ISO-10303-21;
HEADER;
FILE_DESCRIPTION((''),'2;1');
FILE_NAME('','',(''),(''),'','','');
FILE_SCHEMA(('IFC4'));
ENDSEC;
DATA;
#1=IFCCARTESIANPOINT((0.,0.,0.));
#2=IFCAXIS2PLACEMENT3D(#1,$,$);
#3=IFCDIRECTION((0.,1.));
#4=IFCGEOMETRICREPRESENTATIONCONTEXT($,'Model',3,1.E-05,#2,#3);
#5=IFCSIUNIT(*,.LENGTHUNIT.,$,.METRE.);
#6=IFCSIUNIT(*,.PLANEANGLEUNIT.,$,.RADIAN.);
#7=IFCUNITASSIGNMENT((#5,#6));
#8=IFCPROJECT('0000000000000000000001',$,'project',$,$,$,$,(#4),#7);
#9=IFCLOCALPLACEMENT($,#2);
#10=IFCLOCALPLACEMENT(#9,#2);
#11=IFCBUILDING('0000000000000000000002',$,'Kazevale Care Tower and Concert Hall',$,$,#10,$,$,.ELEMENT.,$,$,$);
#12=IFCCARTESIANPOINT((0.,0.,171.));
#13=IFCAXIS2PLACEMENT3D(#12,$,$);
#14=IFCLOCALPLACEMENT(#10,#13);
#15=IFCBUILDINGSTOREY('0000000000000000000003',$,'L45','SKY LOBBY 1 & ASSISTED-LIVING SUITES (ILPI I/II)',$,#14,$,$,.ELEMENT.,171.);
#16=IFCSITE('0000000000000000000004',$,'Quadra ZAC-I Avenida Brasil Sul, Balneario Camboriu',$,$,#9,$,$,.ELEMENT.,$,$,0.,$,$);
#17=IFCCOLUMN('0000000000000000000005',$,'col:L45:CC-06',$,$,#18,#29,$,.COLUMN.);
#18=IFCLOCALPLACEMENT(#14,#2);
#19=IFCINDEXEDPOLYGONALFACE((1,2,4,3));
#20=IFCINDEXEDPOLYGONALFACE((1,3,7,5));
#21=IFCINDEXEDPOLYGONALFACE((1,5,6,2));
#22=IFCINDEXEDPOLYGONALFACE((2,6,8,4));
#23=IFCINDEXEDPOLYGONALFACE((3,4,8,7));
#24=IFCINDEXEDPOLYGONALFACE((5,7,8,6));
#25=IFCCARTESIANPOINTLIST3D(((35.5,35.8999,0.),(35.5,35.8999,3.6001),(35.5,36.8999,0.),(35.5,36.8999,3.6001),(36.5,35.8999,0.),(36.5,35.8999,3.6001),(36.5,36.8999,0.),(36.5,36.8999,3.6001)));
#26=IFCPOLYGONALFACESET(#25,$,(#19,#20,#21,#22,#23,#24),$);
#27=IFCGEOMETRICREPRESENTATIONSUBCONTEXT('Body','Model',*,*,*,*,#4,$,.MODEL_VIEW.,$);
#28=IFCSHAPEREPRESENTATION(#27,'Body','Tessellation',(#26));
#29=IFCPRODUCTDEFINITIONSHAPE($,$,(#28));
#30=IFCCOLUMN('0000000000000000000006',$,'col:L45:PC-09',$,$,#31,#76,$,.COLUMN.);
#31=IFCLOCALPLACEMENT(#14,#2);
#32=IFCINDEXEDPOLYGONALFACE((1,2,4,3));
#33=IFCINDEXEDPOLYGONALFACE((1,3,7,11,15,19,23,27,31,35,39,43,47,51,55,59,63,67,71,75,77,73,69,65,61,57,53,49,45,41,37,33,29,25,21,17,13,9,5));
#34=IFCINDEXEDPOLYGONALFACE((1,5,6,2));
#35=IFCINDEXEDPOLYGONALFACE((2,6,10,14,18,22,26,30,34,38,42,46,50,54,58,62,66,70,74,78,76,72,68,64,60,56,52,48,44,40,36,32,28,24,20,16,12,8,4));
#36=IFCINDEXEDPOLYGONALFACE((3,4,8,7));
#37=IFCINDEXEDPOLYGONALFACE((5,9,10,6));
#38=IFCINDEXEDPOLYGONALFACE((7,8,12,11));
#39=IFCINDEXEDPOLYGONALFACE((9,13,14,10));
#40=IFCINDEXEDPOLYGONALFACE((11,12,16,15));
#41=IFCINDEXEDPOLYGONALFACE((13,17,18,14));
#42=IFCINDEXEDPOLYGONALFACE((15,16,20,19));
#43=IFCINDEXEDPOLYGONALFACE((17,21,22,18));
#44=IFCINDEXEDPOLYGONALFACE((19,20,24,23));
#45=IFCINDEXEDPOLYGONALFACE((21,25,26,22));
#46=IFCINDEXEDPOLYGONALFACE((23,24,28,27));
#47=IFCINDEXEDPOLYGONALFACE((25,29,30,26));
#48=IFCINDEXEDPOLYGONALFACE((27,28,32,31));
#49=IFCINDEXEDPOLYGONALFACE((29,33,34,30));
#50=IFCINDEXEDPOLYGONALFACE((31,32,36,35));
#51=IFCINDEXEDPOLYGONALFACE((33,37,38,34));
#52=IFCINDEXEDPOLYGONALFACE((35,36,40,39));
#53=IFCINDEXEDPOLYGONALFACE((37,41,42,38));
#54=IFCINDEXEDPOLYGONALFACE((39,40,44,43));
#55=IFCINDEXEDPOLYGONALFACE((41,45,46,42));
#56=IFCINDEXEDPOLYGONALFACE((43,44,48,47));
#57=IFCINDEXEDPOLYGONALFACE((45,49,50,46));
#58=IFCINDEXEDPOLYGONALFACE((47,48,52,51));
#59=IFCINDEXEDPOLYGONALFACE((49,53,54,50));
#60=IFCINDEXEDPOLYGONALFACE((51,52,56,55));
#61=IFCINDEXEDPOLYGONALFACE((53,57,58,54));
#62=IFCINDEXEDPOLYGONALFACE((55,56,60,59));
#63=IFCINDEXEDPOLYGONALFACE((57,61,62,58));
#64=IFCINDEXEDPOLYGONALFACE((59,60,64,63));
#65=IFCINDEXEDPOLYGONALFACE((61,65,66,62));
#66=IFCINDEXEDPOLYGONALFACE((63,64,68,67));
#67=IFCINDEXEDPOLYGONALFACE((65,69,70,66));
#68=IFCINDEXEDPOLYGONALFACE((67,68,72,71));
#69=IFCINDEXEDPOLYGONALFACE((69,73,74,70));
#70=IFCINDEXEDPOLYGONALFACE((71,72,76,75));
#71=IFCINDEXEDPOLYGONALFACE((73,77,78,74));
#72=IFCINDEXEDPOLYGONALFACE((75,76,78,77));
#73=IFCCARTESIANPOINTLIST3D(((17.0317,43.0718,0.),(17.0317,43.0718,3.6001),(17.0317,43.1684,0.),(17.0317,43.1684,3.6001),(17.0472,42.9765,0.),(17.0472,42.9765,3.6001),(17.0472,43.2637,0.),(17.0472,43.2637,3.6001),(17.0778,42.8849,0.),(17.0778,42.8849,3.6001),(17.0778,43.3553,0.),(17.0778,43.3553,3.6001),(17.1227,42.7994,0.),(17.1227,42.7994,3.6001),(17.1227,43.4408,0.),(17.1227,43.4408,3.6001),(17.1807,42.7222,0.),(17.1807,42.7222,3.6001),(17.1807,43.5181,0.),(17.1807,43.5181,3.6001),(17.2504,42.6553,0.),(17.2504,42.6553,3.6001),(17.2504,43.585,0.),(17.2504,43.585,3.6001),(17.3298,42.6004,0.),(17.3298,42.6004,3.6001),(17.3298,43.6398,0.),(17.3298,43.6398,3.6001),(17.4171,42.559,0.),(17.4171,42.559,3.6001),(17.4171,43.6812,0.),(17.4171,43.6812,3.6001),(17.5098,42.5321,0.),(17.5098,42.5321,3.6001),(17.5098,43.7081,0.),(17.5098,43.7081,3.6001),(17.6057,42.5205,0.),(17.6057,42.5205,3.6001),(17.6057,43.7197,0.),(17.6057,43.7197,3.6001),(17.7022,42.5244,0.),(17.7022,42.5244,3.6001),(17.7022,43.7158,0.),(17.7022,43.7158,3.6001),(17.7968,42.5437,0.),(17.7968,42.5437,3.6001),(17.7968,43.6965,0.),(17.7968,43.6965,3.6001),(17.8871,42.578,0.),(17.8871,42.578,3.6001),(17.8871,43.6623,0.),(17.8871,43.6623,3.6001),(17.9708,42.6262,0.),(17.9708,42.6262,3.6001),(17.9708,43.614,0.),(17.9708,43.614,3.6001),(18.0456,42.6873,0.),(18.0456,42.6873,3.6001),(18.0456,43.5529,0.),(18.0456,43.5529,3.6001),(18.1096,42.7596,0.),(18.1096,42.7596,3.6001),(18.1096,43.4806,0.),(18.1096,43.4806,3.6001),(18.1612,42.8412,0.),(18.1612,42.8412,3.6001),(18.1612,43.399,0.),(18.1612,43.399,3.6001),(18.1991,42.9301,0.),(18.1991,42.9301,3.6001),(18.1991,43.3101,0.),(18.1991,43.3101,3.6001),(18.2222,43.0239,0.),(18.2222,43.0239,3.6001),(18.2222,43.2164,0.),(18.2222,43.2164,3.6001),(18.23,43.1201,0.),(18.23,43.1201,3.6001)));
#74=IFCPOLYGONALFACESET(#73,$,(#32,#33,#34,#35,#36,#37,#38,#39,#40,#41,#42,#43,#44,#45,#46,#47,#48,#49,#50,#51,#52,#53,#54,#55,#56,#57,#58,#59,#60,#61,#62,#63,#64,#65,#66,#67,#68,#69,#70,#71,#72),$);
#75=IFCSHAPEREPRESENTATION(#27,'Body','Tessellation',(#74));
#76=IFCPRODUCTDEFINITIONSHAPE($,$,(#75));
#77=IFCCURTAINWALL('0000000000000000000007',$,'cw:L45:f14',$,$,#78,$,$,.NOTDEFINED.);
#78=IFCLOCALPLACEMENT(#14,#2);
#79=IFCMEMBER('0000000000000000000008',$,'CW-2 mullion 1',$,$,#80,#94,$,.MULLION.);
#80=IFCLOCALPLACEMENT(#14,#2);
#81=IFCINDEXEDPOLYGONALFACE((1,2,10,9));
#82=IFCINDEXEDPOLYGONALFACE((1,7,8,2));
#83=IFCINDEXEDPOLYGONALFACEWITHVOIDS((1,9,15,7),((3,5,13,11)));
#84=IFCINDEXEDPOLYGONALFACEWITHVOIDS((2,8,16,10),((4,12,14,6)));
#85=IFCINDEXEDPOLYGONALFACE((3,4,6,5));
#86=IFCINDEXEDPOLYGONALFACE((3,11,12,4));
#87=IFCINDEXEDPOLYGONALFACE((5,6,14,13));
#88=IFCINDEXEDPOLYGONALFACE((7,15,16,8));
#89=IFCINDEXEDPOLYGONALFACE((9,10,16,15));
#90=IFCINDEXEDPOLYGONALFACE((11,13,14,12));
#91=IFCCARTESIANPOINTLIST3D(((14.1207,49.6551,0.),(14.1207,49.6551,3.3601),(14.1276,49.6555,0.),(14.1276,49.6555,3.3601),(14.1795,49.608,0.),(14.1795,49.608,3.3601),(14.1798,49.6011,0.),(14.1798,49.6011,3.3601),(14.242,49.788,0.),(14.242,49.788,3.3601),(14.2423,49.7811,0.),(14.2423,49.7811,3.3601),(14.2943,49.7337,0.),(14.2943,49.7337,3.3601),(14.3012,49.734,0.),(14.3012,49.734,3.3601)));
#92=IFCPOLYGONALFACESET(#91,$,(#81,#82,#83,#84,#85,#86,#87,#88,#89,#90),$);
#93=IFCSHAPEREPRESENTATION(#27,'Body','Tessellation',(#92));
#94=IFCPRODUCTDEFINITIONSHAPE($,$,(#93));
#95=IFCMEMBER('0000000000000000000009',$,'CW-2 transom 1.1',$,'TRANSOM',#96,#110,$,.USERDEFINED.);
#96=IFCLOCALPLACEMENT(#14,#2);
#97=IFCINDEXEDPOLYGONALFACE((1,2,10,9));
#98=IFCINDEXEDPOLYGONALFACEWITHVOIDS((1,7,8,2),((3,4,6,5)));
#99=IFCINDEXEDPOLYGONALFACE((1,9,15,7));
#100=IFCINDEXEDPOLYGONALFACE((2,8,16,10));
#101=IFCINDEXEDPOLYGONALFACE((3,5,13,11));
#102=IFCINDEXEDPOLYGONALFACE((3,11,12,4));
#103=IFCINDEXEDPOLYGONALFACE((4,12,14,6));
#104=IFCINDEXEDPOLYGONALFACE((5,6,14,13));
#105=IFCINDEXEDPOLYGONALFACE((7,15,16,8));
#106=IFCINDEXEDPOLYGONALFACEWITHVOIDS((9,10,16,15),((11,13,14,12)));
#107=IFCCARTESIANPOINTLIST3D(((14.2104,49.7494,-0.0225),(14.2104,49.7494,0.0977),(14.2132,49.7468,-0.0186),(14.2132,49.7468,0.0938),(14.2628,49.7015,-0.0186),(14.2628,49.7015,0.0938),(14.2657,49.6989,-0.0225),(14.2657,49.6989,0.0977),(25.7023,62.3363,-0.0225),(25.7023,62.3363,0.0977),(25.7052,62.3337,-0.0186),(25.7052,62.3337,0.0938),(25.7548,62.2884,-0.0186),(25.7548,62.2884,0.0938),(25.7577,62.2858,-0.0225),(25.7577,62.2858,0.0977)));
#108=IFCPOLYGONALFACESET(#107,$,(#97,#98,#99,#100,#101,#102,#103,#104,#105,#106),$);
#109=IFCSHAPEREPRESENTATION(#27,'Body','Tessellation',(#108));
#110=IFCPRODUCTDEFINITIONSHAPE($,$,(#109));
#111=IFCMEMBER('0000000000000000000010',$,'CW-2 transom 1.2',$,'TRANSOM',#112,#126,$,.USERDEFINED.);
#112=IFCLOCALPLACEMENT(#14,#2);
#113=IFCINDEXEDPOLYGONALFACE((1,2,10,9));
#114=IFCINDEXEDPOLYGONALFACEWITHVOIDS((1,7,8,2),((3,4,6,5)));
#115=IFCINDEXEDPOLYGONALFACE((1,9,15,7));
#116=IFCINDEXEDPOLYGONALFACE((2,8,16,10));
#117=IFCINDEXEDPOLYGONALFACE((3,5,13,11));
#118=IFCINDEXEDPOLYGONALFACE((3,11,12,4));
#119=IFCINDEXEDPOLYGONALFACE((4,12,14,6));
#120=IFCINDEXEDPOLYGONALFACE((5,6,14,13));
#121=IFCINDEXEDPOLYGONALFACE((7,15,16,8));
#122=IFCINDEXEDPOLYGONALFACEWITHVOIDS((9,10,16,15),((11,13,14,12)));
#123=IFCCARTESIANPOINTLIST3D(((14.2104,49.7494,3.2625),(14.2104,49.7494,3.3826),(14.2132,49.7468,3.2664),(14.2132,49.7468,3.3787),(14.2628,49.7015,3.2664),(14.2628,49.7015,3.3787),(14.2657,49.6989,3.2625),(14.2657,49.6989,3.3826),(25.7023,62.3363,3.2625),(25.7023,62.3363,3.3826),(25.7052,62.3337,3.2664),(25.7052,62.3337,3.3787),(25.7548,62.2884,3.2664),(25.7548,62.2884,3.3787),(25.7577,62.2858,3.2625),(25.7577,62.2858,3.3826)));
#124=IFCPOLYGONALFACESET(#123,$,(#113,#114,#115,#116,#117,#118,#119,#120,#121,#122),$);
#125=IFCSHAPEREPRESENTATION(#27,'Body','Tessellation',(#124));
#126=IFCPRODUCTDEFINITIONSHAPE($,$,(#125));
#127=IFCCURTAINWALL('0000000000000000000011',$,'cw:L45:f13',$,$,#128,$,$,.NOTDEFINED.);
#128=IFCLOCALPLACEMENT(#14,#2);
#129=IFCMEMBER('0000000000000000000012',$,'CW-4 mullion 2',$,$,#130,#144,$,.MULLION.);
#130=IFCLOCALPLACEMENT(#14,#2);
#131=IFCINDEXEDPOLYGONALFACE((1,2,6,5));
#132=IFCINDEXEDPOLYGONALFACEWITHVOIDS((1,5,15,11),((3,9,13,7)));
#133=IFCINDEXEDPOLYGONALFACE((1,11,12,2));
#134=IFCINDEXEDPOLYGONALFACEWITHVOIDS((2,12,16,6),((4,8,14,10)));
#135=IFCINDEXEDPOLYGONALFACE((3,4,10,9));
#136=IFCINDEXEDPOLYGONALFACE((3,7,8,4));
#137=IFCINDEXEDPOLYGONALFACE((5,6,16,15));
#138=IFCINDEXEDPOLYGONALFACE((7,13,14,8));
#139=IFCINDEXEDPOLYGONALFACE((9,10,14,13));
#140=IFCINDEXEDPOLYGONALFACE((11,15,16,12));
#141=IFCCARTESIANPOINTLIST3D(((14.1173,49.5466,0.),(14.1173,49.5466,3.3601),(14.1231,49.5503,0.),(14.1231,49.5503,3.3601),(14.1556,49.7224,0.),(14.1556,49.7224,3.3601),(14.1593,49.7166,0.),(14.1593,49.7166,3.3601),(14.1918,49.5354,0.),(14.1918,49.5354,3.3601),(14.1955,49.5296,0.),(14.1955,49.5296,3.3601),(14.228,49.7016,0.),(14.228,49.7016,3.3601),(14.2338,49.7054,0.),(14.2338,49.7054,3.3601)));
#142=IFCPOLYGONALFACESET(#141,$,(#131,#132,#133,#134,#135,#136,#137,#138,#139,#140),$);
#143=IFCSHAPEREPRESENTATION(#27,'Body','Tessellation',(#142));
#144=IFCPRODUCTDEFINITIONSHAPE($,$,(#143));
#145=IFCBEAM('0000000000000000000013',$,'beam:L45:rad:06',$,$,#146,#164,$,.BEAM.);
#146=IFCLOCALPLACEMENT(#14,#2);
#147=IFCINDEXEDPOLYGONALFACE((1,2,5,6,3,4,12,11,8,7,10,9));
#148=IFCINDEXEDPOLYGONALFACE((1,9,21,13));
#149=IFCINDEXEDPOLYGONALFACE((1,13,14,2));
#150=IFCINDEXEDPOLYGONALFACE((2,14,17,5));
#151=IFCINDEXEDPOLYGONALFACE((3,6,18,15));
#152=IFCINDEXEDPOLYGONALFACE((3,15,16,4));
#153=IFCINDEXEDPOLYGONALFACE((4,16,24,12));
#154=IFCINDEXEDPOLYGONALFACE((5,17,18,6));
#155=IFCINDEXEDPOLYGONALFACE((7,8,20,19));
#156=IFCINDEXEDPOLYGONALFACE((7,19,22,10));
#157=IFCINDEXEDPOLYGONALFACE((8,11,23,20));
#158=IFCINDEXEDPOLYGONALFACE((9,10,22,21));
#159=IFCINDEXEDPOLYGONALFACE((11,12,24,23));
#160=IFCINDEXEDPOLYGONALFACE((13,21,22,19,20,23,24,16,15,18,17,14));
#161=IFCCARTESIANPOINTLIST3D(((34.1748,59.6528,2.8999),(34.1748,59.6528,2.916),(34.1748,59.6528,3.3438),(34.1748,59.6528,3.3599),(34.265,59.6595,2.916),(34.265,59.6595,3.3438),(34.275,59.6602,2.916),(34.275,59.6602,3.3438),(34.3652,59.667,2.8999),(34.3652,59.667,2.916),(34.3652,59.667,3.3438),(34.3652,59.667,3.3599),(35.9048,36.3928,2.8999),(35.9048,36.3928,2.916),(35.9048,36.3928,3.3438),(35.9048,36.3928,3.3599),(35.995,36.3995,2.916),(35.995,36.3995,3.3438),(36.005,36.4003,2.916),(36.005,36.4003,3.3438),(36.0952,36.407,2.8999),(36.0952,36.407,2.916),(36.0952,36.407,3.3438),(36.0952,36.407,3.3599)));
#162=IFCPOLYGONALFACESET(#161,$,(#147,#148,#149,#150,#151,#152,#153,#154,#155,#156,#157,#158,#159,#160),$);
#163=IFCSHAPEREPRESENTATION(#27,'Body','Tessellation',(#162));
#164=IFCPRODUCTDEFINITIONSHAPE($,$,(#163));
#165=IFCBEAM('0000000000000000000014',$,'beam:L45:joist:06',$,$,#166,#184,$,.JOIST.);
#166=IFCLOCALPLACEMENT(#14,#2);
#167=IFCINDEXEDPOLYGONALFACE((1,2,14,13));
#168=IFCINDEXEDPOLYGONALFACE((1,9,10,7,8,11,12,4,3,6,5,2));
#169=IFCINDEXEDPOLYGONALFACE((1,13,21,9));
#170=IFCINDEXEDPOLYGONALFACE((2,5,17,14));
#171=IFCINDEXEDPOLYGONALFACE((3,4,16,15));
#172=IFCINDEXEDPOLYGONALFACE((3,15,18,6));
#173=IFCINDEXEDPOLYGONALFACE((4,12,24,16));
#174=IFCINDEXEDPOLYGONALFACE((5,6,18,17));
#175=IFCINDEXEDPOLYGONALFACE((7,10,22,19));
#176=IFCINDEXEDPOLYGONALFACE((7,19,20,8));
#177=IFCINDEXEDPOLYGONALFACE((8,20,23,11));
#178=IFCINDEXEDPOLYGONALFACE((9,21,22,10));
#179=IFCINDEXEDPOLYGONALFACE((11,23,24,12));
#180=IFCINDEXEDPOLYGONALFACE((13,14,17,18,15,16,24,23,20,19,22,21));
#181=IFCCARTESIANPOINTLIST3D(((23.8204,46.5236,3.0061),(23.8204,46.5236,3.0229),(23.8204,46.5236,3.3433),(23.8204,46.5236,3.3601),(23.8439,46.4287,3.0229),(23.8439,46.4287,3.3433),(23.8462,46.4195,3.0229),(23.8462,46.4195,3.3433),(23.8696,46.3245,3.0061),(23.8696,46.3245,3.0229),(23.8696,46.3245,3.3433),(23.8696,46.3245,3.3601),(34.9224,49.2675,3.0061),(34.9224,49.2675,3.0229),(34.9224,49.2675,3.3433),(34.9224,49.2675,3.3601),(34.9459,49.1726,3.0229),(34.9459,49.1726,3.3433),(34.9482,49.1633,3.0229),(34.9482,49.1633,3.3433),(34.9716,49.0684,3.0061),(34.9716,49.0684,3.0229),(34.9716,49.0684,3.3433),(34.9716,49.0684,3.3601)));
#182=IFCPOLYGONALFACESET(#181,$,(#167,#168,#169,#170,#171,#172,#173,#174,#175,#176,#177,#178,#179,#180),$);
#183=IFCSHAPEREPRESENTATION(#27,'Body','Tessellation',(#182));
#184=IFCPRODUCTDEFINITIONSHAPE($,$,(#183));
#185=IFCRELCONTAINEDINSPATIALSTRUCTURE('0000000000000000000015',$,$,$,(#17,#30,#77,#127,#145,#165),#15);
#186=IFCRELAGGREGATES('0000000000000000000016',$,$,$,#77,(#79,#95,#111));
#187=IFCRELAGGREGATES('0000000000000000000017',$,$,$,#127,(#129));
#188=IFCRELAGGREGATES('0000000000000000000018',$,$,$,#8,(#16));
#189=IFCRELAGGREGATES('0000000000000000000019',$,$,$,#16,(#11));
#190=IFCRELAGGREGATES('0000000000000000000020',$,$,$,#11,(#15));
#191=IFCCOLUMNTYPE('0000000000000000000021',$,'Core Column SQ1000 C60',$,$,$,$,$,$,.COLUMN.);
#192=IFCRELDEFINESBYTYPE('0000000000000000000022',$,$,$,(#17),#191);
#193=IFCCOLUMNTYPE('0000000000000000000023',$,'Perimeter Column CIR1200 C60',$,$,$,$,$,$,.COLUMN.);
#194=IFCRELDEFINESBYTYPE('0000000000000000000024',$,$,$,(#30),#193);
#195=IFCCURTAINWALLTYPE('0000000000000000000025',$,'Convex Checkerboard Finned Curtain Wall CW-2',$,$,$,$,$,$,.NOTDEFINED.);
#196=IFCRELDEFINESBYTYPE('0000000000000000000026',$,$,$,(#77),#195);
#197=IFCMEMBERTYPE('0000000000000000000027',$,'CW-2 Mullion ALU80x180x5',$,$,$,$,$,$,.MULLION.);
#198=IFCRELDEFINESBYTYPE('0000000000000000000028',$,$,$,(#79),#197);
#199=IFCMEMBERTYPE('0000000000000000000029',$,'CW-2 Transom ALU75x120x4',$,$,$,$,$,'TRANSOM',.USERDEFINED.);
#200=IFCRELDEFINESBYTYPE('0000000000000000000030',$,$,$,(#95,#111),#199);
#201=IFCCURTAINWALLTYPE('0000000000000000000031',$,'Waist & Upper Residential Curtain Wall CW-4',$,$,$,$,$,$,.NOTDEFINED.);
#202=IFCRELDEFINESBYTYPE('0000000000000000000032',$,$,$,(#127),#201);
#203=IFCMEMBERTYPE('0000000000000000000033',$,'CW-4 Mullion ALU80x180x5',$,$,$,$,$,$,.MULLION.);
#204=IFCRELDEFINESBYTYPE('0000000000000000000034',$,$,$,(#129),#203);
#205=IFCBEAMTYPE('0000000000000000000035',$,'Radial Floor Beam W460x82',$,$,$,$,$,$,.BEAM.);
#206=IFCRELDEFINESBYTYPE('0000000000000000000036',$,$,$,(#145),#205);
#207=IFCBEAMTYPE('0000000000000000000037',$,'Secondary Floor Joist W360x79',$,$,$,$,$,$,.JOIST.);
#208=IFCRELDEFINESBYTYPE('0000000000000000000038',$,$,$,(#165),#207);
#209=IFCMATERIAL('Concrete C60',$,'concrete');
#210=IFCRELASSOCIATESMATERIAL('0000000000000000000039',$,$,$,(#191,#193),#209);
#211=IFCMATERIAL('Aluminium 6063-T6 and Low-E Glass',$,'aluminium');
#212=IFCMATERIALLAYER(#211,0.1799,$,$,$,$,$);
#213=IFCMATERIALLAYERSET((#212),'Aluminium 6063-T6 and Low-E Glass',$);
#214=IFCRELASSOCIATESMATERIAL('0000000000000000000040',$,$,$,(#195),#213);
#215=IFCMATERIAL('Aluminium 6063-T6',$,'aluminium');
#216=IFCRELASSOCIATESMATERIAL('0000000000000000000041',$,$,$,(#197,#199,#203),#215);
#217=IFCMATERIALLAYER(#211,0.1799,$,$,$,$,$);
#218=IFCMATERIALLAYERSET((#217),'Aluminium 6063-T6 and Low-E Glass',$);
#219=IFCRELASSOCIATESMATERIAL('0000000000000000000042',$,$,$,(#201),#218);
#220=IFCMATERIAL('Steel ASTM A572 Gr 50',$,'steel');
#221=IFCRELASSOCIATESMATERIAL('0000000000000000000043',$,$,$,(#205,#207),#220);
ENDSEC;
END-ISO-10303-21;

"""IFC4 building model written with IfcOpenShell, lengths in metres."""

from ifc_helpers import new_model, si_unit, direction, frame, origin, origin_2d, place, context, subcontext, project, spatial, rectangle, hollow_rectangle, circle, i_section, extrude, material, layer, layer_set, material_profile, profile_set, type_object, element, aggregate, save


model = new_model("IFC4")

# Units and contexts
model_context = context("Model", 3, precision=1e-05, world=origin(), true_north=direction((0.0, 1.0)))
body_context = subcontext(model_context, "Body", "Model", "MODEL_VIEW")
ifc_project = project(units=[si_unit("LENGTHUNIT", "METRE"), si_unit("PLANEANGLEUNIT", "RADIAN")], contexts=[model_context])

# Site, building, storey
site_placement = place(None, origin())
site = spatial("IfcSite", under=ifc_project, at=site_placement, Name="Quadra ZAC-I Avenida Brasil Sul, Balneario Camboriu", CompositionType="ELEMENT", RefElevation=0.0)
building_placement = place(site_placement, origin())
building = spatial("IfcBuilding", under=site, at=building_placement, Name="Kazevale Care Tower and Concert Hall", CompositionType="ELEMENT")
storey_placement = place(building_placement, frame((0.0, 0.0, 171.0)))
storey = spatial("IfcBuildingStorey", under=building, at=storey_placement, Name="L45", Description="SKY LOBBY 1 & ASSISTED-LIVING SUITES (ILPI I/II)", CompositionType="ELEMENT", Elevation=171.0)

# Columns
ifc_material_1 = material(Name="Concrete C60", Category="concrete")
ifc_material_profile_1 = material_profile(ifc_material_1, rectangle(XDim=1.0, YDim=1.0, at=origin_2d()), Name="RC-SQ1000")
ifc_profile_set_1 = profile_set([ifc_material_profile_1], Name="Concrete C60")
column_type_1 = type_object("IfcColumnType", Name="Core Column SQ1000 C60", PredefinedType="COLUMN", material=ifc_profile_set_1)
column_1_placement = place(storey_placement, frame((36.0, 36.3999, 0.0), z_axis=(0.0, 0.0, 1.0), x_axis=(1.0, 0.0, 0.0)))
element("IfcColumn", 1, at=column_1_placement, inside=storey, type_object=column_type_1, Name="col:L45:CC-06", PredefinedType="COLUMN", context=body_context, shape_type="SweptSolid", body=[
    extrude(rectangle(XDim=1.0, YDim=1.0, at=origin_2d()), origin(), (0.0, 0.0, 1.0), 3.6001),
])
ifc_material_profile_2 = material_profile(ifc_material_1, circle(Radius=0.6001, at=origin_2d()), Name="RC-CIR1200")
ifc_profile_set_2 = profile_set([ifc_material_profile_2], Name="Concrete C60")
column_type_2 = type_object("IfcColumnType", Name="Perimeter Column CIR1200 C60", PredefinedType="COLUMN", material=ifc_profile_set_2)
column_2_placement = place(storey_placement, frame((17.6299, 43.1201, 0.0), z_axis=(0.0, 0.0, 1.0), x_axis=(1.0, 0.0, 0.0)))
element("IfcColumn", 2, at=column_2_placement, inside=storey, type_object=column_type_2, Name="col:L45:PC-09", PredefinedType="COLUMN", context=body_context, shape_type="SweptSolid", body=[
    extrude(circle(Radius=0.6001, at=origin_2d()), origin(), (0.0, 0.0, 1.0), 3.6001),
])

# Curtain wall, members
ifc_material_2 = material(Name="Aluminium 6063-T6 and Low-E Glass", Category="aluminium")
ifc_layer_1 = layer(ifc_material_2, 0.1799)
ifc_layer_set_1 = layer_set([ifc_layer_1], Name="Aluminium 6063-T6 and Low-E Glass")
curtain_wall_type_1 = type_object("IfcCurtainWallType", Name="Convex Checkerboard Finned Curtain Wall CW-2", PredefinedType="NOTDEFINED", material=ifc_layer_set_1)
curtain_wall_1_placement = place(storey_placement, origin())
curtain_wall_1 = element("IfcCurtainWall", 3, at=curtain_wall_1_placement, inside=storey, type_object=curtain_wall_type_1, Name="cw:L45:f14", PredefinedType="NOTDEFINED")
ifc_material_3 = material(Name="Aluminium 6063-T6", Category="aluminium")
ifc_material_profile_3 = material_profile(ifc_material_3, hollow_rectangle(XDim=0.0801, YDim=0.1799, WallThickness=0.0049, at=origin_2d()), Name="ALU80x180x5")
ifc_profile_set_3 = profile_set([ifc_material_profile_3], Name="Aluminium 6063-T6")
member_type_1 = type_object("IfcMemberType", Name="CW-2 Mullion ALU80x180x5", PredefinedType="MULLION", material=ifc_profile_set_3)
member_1_placement = place(storey_placement, frame((14.2109, 49.6946, 0.0), z_axis=(0.0, 0.0, 1.0), x_axis=(-0.738492, 0.674262, 0.0)))
member_1 = element("IfcMember", 4, at=member_1_placement, type_object=member_type_1, Name="CW-2 mullion 1", PredefinedType="MULLION", context=body_context, shape_type="SweptSolid", body=[
    extrude(hollow_rectangle(XDim=0.0801, YDim=0.1799, WallThickness=0.0049, at=origin_2d()), origin(), (0.0, 0.0, 1.0), 3.3601),
])
ifc_material_profile_4 = material_profile(ifc_material_3, hollow_rectangle(XDim=0.075, YDim=0.1201, WallThickness=0.0039, at=origin_2d()), Name="ALU75x120x4")
ifc_profile_set_4 = profile_set([ifc_material_profile_4], Name="Aluminium 6063-T6")
member_type_2 = type_object("IfcMemberType", Name="CW-2 Transom ALU75x120x4", ElementType="TRANSOM", PredefinedType="USERDEFINED", material=ifc_profile_set_4)
member_2_placement = place(storey_placement, frame((14.238, 49.7241, 0.0376), z_axis=(0.674255, 0.738499, 0.0), x_axis=(-0.738499, 0.674255, 0.0)))
member_2 = element("IfcMember", 5, at=member_2_placement, type_object=member_type_2, Name="CW-2 transom 1.1", ObjectType="TRANSOM", PredefinedType="USERDEFINED", context=body_context, shape_type="SweptSolid", body=[
    extrude(hollow_rectangle(XDim=0.075, YDim=0.1201, WallThickness=0.0039, at=origin_2d()), origin(), (0.0, 0.0, 1.0), 17.0439),
])
member_3_placement = place(storey_placement, frame((14.238, 49.7241, 3.3225), z_axis=(0.674255, 0.738499, 0.0), x_axis=(-0.738499, 0.674255, 0.0)))
member_3 = element("IfcMember", 6, at=member_3_placement, type_object=member_type_2, Name="CW-2 transom 1.2", ObjectType="TRANSOM", PredefinedType="USERDEFINED", context=body_context, shape_type="SweptSolid", body=[
    extrude(hollow_rectangle(XDim=0.075, YDim=0.1201, WallThickness=0.0039, at=origin_2d()), origin(), (0.0, 0.0, 1.0), 17.0439),
])
aggregate(curtain_wall_1, [member_1, member_2, member_3])

# Curtain wall, member
ifc_layer_2 = layer(ifc_material_2, 0.1799)
ifc_layer_set_2 = layer_set([ifc_layer_2], Name="Aluminium 6063-T6 and Low-E Glass")
curtain_wall_type_2 = type_object("IfcCurtainWallType", Name="Waist & Upper Residential Curtain Wall CW-4", PredefinedType="NOTDEFINED", material=ifc_layer_set_2)
curtain_wall_2_placement = place(storey_placement, origin())
curtain_wall_2 = element("IfcCurtainWall", 7, at=curtain_wall_2_placement, inside=storey, type_object=curtain_wall_type_2, Name="cw:L45:f13", PredefinedType="NOTDEFINED")
ifc_material_profile_5 = material_profile(ifc_material_3, hollow_rectangle(XDim=0.0801, YDim=0.1799, WallThickness=0.0049, at=origin_2d()), Name="ALU80x180x5")
ifc_profile_set_5 = profile_set([ifc_material_profile_5], Name="Aluminium 6063-T6")
member_type_3 = type_object("IfcMemberType", Name="CW-4 Mullion ALU80x180x5", PredefinedType="MULLION", material=ifc_profile_set_5)
member_4_placement = place(storey_placement, frame((14.1755, 49.626, 0.0), z_axis=(0.0, 0.0, 1.0), x_axis=(-0.977091, 0.212823, 0.0)))
member_4 = element("IfcMember", 8, at=member_4_placement, type_object=member_type_3, Name="CW-4 mullion 2", PredefinedType="MULLION", context=body_context, shape_type="SweptSolid", body=[
    extrude(hollow_rectangle(XDim=0.0801, YDim=0.1799, WallThickness=0.0049, at=origin_2d()), origin(), (0.0, 0.0, 1.0), 3.3601),
])

# Beams
ifc_material_4 = material(Name="Steel ASTM A572 Gr 50", Category="steel")
ifc_material_profile_6 = material_profile(ifc_material_4, i_section(OverallWidth=0.1909, OverallDepth=0.46, WebThickness=0.01, FlangeThickness=0.0161, at=origin_2d()), Name="W460x82")
ifc_profile_set_6 = profile_set([ifc_material_profile_6], Name="Steel ASTM A572 Gr 50")
beam_type_1 = type_object("IfcBeamType", Name="Radial Floor Beam W460x82", PredefinedType="BEAM", material=ifc_profile_set_6)
beam_1_placement = place(storey_placement, frame((36.0, 36.3999, 3.1299), z_axis=(-0.074171, 0.997246, 0.0), x_axis=(-0.997246, -0.074171, 0.0)))
element("IfcBeam", 9, at=beam_1_placement, inside=storey, type_object=beam_type_1, Name="beam:L45:rad:06", PredefinedType="BEAM", context=body_context, shape_type="SweptSolid", body=[
    extrude(i_section(OverallWidth=0.1909, OverallDepth=0.46, WebThickness=0.01, FlangeThickness=0.0161, at=origin_2d()), origin(), (0.0, 0.0, 1.0), 23.3242),
])
ifc_material_profile_7 = material_profile(ifc_material_4, i_section(OverallWidth=0.2051, OverallDepth=0.354, WebThickness=0.0095, FlangeThickness=0.0168, at=origin_2d()), Name="W360x79")
ifc_profile_set_7 = profile_set([ifc_material_profile_7], Name="Steel ASTM A572 Gr 50")
beam_type_2 = type_object("IfcBeamType", Name="Secondary Floor Joist W360x79", PredefinedType="JOIST", material=ifc_profile_set_7)
beam_2_placement = place(storey_placement, frame((34.947, 49.168, 3.1831), z_axis=(-0.97079, -0.239933, 0.0), x_axis=(0.239933, -0.97079, 0.0)))
element("IfcBeam", 10, at=beam_2_placement, inside=storey, type_object=beam_type_2, Name="beam:L45:joist:06", PredefinedType="JOIST", context=body_context, shape_type="SweptSolid", body=[
    extrude(i_section(OverallWidth=0.2051, OverallDepth=0.354, WebThickness=0.0095, FlangeThickness=0.0168, at=origin_2d()), origin(), (0.0, 0.0, 1.0), 11.436),
])

aggregate(curtain_wall_2, [member_4])

save(model, "model.ifc")
